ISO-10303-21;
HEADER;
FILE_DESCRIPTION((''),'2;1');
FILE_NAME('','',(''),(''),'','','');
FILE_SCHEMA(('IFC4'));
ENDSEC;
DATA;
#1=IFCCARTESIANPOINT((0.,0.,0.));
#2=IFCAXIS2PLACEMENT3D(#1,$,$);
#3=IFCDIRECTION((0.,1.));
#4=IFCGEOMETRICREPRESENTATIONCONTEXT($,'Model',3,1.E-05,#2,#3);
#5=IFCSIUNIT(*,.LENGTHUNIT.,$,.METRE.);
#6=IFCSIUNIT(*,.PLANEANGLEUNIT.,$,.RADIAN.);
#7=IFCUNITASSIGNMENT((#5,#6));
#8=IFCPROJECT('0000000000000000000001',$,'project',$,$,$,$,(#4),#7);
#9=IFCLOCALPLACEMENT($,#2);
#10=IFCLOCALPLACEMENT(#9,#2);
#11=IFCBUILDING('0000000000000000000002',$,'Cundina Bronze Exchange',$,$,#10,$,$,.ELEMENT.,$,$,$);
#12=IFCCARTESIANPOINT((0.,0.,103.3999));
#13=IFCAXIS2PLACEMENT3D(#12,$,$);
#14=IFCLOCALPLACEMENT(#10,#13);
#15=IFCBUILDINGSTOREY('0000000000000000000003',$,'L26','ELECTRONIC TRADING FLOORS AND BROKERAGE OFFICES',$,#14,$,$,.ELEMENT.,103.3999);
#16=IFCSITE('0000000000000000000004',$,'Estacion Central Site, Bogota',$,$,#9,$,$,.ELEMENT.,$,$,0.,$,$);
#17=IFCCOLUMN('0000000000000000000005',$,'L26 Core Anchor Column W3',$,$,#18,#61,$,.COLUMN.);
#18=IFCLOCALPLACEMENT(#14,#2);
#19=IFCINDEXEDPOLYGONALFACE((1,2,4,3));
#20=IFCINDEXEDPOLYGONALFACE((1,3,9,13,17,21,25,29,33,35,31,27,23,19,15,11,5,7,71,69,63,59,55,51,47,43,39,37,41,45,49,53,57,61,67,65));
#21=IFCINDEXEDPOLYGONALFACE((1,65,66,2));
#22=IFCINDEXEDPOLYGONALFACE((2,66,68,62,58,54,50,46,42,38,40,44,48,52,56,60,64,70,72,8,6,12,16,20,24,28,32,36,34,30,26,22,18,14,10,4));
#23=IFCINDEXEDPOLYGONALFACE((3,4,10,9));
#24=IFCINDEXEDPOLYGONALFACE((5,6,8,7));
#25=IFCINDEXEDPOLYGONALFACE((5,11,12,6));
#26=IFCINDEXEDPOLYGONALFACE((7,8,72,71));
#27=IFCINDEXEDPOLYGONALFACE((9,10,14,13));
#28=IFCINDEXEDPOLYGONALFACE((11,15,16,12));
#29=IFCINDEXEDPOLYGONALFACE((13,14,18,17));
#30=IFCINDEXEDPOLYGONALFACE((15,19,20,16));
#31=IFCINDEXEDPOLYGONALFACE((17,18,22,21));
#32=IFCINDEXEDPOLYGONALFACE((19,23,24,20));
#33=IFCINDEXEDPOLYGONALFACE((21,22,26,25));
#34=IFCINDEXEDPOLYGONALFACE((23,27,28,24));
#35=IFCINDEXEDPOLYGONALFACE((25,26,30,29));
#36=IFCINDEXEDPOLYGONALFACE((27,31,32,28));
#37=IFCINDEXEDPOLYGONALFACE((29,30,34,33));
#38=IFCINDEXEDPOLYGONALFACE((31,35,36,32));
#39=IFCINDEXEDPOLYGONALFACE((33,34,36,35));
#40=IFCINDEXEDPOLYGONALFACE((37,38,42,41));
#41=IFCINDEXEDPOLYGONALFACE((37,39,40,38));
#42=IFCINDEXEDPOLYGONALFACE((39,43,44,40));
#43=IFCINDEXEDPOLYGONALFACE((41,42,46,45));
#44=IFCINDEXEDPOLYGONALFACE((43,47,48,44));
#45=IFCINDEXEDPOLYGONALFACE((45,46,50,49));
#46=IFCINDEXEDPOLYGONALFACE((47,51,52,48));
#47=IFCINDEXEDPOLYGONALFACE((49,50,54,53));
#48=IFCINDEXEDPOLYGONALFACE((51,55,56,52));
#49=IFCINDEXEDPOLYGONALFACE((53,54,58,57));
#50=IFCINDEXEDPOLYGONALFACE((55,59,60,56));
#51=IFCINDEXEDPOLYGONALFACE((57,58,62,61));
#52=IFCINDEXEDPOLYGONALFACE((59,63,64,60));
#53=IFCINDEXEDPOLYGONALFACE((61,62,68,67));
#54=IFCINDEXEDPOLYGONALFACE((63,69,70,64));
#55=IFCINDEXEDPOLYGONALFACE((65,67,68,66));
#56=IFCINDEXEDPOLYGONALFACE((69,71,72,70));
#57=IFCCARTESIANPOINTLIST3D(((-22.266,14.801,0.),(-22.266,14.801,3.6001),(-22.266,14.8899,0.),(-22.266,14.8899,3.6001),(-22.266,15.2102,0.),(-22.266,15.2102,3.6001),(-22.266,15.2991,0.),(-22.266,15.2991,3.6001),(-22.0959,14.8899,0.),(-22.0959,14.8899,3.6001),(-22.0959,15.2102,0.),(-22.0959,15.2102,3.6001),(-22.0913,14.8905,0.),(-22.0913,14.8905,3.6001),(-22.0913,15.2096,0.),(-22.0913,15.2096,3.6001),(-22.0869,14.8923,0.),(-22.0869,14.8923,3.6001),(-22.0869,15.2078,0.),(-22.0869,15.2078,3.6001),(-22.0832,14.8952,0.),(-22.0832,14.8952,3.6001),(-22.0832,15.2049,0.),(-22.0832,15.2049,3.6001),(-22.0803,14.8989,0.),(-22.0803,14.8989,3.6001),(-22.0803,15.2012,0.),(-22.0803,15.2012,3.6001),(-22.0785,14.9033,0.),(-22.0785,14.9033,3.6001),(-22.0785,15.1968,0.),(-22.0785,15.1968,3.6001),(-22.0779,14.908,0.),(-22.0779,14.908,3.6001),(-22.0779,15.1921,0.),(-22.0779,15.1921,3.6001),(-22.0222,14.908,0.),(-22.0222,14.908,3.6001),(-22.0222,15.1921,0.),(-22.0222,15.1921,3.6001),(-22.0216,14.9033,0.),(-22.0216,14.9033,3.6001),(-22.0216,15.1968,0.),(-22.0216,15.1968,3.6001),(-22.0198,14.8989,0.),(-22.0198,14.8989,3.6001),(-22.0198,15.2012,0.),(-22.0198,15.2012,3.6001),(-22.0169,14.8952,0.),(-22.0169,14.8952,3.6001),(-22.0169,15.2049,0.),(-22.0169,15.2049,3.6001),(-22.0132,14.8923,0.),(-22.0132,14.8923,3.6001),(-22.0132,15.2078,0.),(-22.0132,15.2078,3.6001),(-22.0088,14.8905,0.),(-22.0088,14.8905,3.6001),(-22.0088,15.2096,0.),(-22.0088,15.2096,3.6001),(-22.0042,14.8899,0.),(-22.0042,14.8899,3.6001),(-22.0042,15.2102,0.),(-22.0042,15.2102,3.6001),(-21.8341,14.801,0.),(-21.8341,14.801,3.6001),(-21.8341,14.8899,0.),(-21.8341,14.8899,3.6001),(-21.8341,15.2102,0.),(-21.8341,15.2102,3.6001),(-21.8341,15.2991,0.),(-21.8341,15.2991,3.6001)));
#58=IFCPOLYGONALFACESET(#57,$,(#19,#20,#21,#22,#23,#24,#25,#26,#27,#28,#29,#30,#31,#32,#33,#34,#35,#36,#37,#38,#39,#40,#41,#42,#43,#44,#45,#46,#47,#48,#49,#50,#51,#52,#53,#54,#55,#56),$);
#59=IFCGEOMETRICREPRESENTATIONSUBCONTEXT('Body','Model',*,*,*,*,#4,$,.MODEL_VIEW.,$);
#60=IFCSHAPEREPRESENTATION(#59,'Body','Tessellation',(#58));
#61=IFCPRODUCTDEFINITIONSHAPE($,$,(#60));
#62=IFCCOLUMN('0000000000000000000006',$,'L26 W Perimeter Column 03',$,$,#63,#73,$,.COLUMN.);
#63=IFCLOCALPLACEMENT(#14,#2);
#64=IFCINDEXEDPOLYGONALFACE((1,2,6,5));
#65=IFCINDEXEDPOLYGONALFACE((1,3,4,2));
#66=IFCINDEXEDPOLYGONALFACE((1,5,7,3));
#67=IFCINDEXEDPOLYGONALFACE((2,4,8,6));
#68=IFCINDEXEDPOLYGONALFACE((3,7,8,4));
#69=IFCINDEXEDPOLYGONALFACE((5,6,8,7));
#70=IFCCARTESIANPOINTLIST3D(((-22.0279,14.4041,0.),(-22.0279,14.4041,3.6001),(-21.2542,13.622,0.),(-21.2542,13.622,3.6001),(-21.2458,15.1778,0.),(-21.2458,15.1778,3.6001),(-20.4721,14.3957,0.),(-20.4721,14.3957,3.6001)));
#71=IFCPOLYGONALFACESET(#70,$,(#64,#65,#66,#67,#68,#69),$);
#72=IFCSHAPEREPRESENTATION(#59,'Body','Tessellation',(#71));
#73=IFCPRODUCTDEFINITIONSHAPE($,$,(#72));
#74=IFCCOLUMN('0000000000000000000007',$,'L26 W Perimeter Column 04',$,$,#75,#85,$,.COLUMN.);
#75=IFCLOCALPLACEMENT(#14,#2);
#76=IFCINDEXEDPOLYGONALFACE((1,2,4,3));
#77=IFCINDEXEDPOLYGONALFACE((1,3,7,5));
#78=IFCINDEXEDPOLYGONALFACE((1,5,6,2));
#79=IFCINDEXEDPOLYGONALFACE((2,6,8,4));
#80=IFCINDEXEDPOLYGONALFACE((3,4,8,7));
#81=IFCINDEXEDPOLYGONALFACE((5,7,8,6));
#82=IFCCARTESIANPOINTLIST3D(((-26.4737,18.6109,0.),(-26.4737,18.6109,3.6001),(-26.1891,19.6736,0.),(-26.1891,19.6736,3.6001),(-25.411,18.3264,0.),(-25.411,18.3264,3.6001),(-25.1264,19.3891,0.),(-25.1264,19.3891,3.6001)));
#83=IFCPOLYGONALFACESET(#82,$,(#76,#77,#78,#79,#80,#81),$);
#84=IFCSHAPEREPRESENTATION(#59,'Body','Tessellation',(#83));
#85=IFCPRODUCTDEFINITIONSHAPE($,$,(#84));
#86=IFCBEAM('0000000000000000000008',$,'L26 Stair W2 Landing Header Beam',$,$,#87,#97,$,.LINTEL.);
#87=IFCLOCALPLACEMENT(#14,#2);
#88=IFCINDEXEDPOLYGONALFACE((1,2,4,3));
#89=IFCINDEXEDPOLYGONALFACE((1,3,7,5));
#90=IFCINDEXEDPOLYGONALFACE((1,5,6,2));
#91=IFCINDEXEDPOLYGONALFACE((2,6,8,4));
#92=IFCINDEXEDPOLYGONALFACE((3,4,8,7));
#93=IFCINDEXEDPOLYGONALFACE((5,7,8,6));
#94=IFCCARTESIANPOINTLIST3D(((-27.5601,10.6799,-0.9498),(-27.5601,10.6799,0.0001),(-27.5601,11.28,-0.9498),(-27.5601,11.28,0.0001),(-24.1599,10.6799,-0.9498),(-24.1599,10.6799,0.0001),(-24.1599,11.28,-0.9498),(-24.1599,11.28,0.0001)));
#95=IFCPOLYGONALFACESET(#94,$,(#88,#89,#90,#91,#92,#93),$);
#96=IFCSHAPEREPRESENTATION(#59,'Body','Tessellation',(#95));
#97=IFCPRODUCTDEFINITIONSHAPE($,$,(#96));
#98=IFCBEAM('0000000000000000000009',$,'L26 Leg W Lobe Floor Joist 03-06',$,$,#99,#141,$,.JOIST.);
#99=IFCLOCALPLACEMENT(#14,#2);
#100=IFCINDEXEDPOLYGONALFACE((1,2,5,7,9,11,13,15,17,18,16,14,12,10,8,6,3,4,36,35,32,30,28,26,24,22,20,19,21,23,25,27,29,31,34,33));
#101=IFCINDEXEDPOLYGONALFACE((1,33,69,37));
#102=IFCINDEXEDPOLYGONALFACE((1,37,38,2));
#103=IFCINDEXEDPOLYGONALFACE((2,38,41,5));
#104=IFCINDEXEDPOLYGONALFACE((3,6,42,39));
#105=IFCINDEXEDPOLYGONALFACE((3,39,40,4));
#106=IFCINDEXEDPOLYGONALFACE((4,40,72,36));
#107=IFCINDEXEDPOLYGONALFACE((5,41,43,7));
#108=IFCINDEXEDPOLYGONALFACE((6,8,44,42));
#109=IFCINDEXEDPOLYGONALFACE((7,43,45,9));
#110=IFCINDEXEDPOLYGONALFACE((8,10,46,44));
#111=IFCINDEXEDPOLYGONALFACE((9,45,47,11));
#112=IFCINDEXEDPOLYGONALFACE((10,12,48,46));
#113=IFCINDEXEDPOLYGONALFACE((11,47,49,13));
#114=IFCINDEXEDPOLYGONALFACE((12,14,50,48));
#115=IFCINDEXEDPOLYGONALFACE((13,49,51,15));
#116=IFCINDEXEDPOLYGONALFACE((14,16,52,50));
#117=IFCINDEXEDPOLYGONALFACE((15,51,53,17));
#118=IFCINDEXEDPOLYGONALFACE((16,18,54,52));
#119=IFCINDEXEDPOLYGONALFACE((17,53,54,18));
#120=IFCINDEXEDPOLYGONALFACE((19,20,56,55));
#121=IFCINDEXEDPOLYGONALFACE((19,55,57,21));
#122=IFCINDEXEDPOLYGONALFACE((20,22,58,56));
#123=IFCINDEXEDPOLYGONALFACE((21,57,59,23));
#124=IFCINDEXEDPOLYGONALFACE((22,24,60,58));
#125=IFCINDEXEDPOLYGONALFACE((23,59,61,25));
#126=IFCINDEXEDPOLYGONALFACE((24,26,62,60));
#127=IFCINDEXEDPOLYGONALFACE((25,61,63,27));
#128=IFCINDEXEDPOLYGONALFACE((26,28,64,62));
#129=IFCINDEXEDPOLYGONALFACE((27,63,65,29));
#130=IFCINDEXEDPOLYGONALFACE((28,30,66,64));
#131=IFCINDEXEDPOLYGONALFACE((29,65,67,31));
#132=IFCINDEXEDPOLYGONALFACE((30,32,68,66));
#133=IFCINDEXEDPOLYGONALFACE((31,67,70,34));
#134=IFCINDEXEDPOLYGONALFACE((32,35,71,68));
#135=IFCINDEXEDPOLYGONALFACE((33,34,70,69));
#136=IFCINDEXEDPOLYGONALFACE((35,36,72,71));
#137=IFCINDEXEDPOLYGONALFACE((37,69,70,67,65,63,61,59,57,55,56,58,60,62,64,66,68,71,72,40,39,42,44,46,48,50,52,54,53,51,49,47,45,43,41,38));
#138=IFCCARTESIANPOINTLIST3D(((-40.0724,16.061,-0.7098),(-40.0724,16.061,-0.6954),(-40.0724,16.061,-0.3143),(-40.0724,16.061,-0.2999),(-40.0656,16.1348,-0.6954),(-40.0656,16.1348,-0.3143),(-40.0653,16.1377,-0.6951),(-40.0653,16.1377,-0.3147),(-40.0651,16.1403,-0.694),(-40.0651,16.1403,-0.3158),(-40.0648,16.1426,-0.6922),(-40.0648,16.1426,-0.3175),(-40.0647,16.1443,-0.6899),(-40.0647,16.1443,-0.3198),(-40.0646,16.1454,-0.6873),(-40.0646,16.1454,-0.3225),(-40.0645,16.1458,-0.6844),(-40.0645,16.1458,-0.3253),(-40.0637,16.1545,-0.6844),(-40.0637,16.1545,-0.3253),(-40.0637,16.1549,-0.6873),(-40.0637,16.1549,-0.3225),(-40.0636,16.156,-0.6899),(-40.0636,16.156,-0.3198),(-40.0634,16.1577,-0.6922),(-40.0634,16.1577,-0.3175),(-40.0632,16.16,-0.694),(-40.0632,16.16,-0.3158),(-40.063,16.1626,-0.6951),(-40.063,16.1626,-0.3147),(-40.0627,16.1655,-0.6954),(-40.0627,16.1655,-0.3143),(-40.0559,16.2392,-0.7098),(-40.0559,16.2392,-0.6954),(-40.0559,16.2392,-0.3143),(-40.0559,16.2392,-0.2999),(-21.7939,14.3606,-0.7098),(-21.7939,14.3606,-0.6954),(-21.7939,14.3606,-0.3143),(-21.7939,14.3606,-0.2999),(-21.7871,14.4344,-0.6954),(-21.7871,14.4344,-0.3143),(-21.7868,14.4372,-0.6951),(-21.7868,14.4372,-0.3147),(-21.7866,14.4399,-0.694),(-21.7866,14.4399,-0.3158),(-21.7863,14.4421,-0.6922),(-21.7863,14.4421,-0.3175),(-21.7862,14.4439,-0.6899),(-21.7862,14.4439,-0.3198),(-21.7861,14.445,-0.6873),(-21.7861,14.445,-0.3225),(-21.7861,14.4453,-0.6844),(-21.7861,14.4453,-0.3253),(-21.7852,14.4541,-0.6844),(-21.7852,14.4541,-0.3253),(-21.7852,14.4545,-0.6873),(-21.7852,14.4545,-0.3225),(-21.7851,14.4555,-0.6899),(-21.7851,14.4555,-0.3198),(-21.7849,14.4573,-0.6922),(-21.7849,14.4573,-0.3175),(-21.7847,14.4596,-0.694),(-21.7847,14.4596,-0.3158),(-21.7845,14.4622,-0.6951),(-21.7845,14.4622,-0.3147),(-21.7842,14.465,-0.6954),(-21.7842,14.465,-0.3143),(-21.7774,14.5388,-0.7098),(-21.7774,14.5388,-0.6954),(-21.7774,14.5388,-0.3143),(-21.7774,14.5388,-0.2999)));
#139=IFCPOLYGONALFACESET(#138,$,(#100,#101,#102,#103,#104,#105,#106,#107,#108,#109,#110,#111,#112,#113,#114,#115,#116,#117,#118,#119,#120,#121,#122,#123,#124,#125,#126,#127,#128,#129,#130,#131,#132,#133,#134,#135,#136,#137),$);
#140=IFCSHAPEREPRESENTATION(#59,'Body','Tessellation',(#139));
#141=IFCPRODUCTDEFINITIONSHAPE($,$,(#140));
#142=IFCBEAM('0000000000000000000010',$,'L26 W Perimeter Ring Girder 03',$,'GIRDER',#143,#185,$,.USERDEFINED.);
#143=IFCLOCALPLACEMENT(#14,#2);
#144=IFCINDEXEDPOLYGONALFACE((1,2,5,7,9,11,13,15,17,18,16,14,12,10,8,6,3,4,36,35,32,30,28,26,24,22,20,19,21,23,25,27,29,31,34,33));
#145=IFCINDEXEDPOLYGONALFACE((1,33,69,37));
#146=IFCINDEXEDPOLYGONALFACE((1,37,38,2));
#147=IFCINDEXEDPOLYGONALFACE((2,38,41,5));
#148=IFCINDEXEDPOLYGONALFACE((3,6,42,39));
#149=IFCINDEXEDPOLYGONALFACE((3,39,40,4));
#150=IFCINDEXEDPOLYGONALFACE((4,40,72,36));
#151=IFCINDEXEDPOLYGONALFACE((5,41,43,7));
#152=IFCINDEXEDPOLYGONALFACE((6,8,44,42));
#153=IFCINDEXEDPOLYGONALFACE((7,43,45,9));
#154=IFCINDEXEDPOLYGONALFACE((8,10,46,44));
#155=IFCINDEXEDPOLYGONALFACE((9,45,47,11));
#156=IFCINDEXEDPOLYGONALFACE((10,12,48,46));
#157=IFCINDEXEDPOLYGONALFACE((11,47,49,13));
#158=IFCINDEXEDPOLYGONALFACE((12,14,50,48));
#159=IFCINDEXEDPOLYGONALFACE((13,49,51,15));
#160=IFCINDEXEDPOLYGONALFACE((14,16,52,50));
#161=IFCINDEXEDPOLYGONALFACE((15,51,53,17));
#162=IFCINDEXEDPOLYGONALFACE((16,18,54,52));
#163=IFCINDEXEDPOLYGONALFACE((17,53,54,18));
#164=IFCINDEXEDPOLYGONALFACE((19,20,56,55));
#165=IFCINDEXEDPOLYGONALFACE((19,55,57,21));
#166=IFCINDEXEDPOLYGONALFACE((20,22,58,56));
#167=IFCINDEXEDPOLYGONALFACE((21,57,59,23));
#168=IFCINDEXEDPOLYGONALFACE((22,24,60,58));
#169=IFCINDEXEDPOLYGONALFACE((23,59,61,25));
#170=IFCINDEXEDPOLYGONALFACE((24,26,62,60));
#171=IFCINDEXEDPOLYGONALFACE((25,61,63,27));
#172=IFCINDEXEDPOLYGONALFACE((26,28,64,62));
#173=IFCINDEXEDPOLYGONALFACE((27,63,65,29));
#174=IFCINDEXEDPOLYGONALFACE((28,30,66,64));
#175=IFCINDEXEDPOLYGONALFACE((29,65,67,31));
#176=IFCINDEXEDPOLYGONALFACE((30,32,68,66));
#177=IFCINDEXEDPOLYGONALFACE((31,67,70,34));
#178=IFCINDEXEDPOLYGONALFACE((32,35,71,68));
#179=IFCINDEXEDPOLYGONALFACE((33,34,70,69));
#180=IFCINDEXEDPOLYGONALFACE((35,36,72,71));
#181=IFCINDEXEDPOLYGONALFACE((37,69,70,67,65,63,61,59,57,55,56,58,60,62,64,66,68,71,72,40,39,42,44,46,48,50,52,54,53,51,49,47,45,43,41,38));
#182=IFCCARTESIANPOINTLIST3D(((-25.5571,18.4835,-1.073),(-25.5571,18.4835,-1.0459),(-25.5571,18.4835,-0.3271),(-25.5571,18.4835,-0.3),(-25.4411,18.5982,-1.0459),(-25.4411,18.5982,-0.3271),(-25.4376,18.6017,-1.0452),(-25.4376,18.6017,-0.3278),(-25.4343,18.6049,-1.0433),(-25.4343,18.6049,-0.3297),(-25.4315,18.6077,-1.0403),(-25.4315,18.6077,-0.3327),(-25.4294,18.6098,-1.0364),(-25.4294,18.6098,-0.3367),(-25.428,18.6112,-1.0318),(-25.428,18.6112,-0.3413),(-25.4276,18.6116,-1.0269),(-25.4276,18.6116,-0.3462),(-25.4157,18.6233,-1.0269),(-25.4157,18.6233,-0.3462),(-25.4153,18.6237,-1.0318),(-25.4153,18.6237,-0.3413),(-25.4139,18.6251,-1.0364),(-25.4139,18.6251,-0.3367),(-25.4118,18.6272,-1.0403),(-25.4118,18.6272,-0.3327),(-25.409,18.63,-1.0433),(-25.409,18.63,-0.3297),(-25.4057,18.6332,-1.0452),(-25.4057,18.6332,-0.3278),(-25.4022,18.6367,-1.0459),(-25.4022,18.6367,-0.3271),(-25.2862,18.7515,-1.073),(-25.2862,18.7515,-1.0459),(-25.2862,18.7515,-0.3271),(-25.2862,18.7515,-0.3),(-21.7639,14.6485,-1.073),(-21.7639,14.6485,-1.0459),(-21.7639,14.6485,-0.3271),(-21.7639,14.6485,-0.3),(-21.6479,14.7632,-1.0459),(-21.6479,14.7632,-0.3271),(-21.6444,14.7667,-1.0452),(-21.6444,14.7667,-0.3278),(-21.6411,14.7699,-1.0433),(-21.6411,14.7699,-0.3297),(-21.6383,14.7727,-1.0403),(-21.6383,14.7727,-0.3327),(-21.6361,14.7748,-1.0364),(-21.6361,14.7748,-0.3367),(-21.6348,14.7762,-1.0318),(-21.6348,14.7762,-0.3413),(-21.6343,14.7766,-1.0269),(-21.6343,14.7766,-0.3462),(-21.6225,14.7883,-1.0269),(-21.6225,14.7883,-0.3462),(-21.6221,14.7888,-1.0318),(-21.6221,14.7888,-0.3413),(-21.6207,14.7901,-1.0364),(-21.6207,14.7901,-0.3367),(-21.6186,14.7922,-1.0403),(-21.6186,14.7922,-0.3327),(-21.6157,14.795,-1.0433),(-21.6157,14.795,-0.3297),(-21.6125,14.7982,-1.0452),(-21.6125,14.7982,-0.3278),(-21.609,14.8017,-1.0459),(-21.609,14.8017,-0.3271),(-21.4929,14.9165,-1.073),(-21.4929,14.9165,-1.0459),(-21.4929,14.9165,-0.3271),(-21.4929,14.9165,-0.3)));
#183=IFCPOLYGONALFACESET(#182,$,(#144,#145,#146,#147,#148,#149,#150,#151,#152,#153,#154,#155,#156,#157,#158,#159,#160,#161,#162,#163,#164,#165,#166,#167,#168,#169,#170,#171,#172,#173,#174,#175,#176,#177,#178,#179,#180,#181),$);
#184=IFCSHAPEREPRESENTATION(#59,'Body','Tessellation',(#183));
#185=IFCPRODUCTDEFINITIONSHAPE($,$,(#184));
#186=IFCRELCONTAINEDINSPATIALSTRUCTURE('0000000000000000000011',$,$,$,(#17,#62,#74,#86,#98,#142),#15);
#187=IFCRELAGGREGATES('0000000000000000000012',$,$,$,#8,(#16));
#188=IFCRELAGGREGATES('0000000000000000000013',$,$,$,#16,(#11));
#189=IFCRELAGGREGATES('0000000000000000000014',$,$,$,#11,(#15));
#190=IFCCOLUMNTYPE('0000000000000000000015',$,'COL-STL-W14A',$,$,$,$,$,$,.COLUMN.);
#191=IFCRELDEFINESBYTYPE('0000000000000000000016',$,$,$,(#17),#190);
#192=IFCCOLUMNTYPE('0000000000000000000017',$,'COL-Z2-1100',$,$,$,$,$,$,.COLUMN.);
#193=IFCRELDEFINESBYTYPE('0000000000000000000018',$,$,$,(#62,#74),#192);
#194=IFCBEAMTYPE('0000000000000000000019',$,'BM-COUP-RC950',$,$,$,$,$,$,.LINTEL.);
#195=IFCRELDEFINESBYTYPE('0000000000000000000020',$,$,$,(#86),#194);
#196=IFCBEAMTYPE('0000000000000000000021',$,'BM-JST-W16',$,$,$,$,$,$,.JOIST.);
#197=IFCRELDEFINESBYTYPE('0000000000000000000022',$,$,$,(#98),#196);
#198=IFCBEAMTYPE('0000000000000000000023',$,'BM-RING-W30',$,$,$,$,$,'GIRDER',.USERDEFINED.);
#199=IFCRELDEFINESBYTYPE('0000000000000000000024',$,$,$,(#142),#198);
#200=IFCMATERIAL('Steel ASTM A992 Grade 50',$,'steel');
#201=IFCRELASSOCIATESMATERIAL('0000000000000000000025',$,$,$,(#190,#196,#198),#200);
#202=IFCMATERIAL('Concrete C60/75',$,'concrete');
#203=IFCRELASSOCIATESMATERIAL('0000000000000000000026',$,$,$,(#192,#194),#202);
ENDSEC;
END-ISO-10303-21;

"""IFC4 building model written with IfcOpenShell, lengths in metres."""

from ifc_helpers import new_model, si_unit, direction, frame, origin, origin_2d, place, context, subcontext, project, spatial, rectangle, i_section, extrude, material, material_profile, profile_set, type_object, element, save


model = new_model("IFC4")

# Units and contexts
model_context = context("Model", 3, precision=1e-05, world=origin(), true_north=direction((0.0, 1.0)))
body_context = subcontext(model_context, "Body", "Model", "MODEL_VIEW")
ifc_project = project(units=[si_unit("LENGTHUNIT", "METRE"), si_unit("PLANEANGLEUNIT", "RADIAN")], contexts=[model_context])

# Site, building, storey
site_placement = place(None, origin())
site = spatial("IfcSite", under=ifc_project, at=site_placement, Name="Estacion Central Site, Bogota", CompositionType="ELEMENT", RefElevation=0.0)
building_placement = place(site_placement, origin())
building = spatial("IfcBuilding", under=site, at=building_placement, Name="Cundina Bronze Exchange", CompositionType="ELEMENT")
storey_placement = place(building_placement, frame((0.0, 0.0, 103.3999)))
storey = spatial("IfcBuildingStorey", under=building, at=storey_placement, Name="L26", Description="ELECTRONIC TRADING FLOORS AND BROKERAGE OFFICES", CompositionType="ELEMENT", Elevation=103.3999)

# Columns
ifc_material_1 = material(Name="Steel ASTM A992 Grade 50", Category="steel")
ifc_material_profile_1 = material_profile(ifc_material_1, i_section(OverallWidth=0.4319, OverallDepth=0.498, WebThickness=0.0557, FlangeThickness=0.0889, FilletRadius=0.0181, at=origin_2d()), Name="W14X500", Category="steel")
ifc_profile_set_1 = profile_set([ifc_material_profile_1], Name="Steel ASTM A992 Grade 50")
column_type_1 = type_object("IfcColumnType", Name="COL-STL-W14A", PredefinedType="COLUMN", material=ifc_profile_set_1)
column_placement = place(storey_placement, frame((-22.05, 15.05, 0.0), z_axis=(0.0, 0.0, 1.0), x_axis=(1.0, 0.0, 0.0)))
element("IfcColumn", 1, at=column_placement, inside=storey, type_object=column_type_1, Name="L26 Core Anchor Column W3", PredefinedType="COLUMN", context=body_context, shape_type="SweptSolid", body=[
    extrude(i_section(OverallWidth=0.4319, OverallDepth=0.498, WebThickness=0.0557, FlangeThickness=0.0889, FilletRadius=0.0181, at=origin_2d()), origin(), (0.0, 0.0, 1.0), 3.6001),
])
ifc_material_2 = material(Name="Concrete C60/75", Category="concrete")
ifc_material_profile_2 = material_profile(ifc_material_2, rectangle(XDim=1.1001, YDim=1.1001, at=origin_2d()), Name="RC1100X1100", Category="concrete")
ifc_profile_set_2 = profile_set([ifc_material_profile_2], Name="Concrete C60/75")
column_type_2 = type_object("IfcColumnType", Name="COL-Z2-1100", PredefinedType="COLUMN", material=ifc_profile_set_2)
for number, where, z_axis, x_axis, name in (
    (2, (-21.25, 14.3999, 0.0), (0.0, 0.0, 1.0), (-0.703271, 0.710922, 0.0), "L26 W Perimeter Column 03"),
    (3, (-25.8, 19.0, 0.0), (0.0, 0.0, 1.0), (-0.965971, 0.25865, 0.0), "L26 W Perimeter Column 04"),
):
    element("IfcColumn", number, at=place(storey_placement, frame(where, z_axis=z_axis, x_axis=x_axis)), inside=storey, type_object=column_type_2, Name=name, PredefinedType="COLUMN", context=body_context, shape_type="SweptSolid", body=[
        extrude(rectangle(XDim=1.1001, YDim=1.1001, at=origin_2d()), origin(), (0.0, 0.0, 1.0), 3.6001),
    ])

# Beams
ifc_material_profile_3 = material_profile(ifc_material_2, rectangle(XDim=0.6001, YDim=0.95, at=origin_2d()), Name="RC600X950", Category="concrete")
ifc_profile_set_3 = profile_set([ifc_material_profile_3], Name="Concrete C60/75")
beam_type_1 = type_object("IfcBeamType", Name="BM-COUP-RC950", PredefinedType="LINTEL", material=ifc_profile_set_3)
beam_1_placement = place(storey_placement, frame((-27.5601, 10.98, -0.4749), z_axis=(1.0, 0.0, 0.0), x_axis=(0.0, 1.0, 0.0)))
element("IfcBeam", 4, at=beam_1_placement, inside=storey, type_object=beam_type_1, Name="L26 Stair W2 Landing Header Beam", PredefinedType="LINTEL", context=body_context, shape_type="SweptSolid", body=[
    extrude(rectangle(XDim=0.6001, YDim=0.95, at=origin_2d()), origin(), (0.0, 0.0, 1.0), 3.4001),
])
ifc_material_profile_4 = material_profile(ifc_material_1, i_section(OverallWidth=0.179, OverallDepth=0.4099, WebThickness=0.0088, FlangeThickness=0.0144, FilletRadius=0.011, at=origin_2d()), Name="W16X45", Category="steel")
ifc_profile_set_4 = profile_set([ifc_material_profile_4], Name="Steel ASTM A992 Grade 50")
beam_type_2 = type_object("IfcBeamType", Name="BM-JST-W16", PredefinedType="JOIST", material=ifc_profile_set_4)
beam_2_placement = place(storey_placement, frame((-21.7856, 14.4497, -0.5049), z_axis=(-0.995701, 0.092629, 0.0), x_axis=(-0.092629, -0.995701, 0.0)))
element("IfcBeam", 5, at=beam_2_placement, inside=storey, type_object=beam_type_2, Name="L26 Leg W Lobe Floor Joist 03-06", PredefinedType="JOIST", context=body_context, shape_type="SweptSolid", body=[
    extrude(i_section(OverallWidth=0.179, OverallDepth=0.4099, WebThickness=0.0088, FlangeThickness=0.0144, FilletRadius=0.011, at=origin_2d()), origin(), (0.0, 0.0, 1.0), 18.3574),
])
ifc_material_profile_5 = material_profile(ifc_material_1, i_section(OverallWidth=0.3811, OverallDepth=0.7729, WebThickness=0.0166, FlangeThickness=0.0271, FilletRadius=0.019, at=origin_2d()), Name="W30X173", Category="steel")
ifc_profile_set_5 = profile_set([ifc_material_profile_5], Name="Steel ASTM A992 Grade 50")
beam_type_3 = type_object("IfcBeamType", Name="BM-RING-W30", ElementType="GIRDER", PredefinedType="USERDEFINED", material=ifc_profile_set_5)
beam_3_placement = place(storey_placement, frame((-21.6284, 14.7825, -0.6865), z_axis=(-0.703226, 0.710966, 0.0), x_axis=(-0.710966, -0.703226, 0.0)))
element("IfcBeam", 6, at=beam_3_placement, inside=storey, type_object=beam_type_3, Name="L26 W Perimeter Ring Girder 03", ObjectType="GIRDER", PredefinedType="USERDEFINED", context=body_context, shape_type="SweptSolid", body=[
    extrude(i_section(OverallWidth=0.3811, OverallDepth=0.7729, WebThickness=0.0166, FlangeThickness=0.0271, FilletRadius=0.019, at=origin_2d()), origin(), (0.0, 0.0, 1.0), 5.394),
])

save(model, "model.ifc")
